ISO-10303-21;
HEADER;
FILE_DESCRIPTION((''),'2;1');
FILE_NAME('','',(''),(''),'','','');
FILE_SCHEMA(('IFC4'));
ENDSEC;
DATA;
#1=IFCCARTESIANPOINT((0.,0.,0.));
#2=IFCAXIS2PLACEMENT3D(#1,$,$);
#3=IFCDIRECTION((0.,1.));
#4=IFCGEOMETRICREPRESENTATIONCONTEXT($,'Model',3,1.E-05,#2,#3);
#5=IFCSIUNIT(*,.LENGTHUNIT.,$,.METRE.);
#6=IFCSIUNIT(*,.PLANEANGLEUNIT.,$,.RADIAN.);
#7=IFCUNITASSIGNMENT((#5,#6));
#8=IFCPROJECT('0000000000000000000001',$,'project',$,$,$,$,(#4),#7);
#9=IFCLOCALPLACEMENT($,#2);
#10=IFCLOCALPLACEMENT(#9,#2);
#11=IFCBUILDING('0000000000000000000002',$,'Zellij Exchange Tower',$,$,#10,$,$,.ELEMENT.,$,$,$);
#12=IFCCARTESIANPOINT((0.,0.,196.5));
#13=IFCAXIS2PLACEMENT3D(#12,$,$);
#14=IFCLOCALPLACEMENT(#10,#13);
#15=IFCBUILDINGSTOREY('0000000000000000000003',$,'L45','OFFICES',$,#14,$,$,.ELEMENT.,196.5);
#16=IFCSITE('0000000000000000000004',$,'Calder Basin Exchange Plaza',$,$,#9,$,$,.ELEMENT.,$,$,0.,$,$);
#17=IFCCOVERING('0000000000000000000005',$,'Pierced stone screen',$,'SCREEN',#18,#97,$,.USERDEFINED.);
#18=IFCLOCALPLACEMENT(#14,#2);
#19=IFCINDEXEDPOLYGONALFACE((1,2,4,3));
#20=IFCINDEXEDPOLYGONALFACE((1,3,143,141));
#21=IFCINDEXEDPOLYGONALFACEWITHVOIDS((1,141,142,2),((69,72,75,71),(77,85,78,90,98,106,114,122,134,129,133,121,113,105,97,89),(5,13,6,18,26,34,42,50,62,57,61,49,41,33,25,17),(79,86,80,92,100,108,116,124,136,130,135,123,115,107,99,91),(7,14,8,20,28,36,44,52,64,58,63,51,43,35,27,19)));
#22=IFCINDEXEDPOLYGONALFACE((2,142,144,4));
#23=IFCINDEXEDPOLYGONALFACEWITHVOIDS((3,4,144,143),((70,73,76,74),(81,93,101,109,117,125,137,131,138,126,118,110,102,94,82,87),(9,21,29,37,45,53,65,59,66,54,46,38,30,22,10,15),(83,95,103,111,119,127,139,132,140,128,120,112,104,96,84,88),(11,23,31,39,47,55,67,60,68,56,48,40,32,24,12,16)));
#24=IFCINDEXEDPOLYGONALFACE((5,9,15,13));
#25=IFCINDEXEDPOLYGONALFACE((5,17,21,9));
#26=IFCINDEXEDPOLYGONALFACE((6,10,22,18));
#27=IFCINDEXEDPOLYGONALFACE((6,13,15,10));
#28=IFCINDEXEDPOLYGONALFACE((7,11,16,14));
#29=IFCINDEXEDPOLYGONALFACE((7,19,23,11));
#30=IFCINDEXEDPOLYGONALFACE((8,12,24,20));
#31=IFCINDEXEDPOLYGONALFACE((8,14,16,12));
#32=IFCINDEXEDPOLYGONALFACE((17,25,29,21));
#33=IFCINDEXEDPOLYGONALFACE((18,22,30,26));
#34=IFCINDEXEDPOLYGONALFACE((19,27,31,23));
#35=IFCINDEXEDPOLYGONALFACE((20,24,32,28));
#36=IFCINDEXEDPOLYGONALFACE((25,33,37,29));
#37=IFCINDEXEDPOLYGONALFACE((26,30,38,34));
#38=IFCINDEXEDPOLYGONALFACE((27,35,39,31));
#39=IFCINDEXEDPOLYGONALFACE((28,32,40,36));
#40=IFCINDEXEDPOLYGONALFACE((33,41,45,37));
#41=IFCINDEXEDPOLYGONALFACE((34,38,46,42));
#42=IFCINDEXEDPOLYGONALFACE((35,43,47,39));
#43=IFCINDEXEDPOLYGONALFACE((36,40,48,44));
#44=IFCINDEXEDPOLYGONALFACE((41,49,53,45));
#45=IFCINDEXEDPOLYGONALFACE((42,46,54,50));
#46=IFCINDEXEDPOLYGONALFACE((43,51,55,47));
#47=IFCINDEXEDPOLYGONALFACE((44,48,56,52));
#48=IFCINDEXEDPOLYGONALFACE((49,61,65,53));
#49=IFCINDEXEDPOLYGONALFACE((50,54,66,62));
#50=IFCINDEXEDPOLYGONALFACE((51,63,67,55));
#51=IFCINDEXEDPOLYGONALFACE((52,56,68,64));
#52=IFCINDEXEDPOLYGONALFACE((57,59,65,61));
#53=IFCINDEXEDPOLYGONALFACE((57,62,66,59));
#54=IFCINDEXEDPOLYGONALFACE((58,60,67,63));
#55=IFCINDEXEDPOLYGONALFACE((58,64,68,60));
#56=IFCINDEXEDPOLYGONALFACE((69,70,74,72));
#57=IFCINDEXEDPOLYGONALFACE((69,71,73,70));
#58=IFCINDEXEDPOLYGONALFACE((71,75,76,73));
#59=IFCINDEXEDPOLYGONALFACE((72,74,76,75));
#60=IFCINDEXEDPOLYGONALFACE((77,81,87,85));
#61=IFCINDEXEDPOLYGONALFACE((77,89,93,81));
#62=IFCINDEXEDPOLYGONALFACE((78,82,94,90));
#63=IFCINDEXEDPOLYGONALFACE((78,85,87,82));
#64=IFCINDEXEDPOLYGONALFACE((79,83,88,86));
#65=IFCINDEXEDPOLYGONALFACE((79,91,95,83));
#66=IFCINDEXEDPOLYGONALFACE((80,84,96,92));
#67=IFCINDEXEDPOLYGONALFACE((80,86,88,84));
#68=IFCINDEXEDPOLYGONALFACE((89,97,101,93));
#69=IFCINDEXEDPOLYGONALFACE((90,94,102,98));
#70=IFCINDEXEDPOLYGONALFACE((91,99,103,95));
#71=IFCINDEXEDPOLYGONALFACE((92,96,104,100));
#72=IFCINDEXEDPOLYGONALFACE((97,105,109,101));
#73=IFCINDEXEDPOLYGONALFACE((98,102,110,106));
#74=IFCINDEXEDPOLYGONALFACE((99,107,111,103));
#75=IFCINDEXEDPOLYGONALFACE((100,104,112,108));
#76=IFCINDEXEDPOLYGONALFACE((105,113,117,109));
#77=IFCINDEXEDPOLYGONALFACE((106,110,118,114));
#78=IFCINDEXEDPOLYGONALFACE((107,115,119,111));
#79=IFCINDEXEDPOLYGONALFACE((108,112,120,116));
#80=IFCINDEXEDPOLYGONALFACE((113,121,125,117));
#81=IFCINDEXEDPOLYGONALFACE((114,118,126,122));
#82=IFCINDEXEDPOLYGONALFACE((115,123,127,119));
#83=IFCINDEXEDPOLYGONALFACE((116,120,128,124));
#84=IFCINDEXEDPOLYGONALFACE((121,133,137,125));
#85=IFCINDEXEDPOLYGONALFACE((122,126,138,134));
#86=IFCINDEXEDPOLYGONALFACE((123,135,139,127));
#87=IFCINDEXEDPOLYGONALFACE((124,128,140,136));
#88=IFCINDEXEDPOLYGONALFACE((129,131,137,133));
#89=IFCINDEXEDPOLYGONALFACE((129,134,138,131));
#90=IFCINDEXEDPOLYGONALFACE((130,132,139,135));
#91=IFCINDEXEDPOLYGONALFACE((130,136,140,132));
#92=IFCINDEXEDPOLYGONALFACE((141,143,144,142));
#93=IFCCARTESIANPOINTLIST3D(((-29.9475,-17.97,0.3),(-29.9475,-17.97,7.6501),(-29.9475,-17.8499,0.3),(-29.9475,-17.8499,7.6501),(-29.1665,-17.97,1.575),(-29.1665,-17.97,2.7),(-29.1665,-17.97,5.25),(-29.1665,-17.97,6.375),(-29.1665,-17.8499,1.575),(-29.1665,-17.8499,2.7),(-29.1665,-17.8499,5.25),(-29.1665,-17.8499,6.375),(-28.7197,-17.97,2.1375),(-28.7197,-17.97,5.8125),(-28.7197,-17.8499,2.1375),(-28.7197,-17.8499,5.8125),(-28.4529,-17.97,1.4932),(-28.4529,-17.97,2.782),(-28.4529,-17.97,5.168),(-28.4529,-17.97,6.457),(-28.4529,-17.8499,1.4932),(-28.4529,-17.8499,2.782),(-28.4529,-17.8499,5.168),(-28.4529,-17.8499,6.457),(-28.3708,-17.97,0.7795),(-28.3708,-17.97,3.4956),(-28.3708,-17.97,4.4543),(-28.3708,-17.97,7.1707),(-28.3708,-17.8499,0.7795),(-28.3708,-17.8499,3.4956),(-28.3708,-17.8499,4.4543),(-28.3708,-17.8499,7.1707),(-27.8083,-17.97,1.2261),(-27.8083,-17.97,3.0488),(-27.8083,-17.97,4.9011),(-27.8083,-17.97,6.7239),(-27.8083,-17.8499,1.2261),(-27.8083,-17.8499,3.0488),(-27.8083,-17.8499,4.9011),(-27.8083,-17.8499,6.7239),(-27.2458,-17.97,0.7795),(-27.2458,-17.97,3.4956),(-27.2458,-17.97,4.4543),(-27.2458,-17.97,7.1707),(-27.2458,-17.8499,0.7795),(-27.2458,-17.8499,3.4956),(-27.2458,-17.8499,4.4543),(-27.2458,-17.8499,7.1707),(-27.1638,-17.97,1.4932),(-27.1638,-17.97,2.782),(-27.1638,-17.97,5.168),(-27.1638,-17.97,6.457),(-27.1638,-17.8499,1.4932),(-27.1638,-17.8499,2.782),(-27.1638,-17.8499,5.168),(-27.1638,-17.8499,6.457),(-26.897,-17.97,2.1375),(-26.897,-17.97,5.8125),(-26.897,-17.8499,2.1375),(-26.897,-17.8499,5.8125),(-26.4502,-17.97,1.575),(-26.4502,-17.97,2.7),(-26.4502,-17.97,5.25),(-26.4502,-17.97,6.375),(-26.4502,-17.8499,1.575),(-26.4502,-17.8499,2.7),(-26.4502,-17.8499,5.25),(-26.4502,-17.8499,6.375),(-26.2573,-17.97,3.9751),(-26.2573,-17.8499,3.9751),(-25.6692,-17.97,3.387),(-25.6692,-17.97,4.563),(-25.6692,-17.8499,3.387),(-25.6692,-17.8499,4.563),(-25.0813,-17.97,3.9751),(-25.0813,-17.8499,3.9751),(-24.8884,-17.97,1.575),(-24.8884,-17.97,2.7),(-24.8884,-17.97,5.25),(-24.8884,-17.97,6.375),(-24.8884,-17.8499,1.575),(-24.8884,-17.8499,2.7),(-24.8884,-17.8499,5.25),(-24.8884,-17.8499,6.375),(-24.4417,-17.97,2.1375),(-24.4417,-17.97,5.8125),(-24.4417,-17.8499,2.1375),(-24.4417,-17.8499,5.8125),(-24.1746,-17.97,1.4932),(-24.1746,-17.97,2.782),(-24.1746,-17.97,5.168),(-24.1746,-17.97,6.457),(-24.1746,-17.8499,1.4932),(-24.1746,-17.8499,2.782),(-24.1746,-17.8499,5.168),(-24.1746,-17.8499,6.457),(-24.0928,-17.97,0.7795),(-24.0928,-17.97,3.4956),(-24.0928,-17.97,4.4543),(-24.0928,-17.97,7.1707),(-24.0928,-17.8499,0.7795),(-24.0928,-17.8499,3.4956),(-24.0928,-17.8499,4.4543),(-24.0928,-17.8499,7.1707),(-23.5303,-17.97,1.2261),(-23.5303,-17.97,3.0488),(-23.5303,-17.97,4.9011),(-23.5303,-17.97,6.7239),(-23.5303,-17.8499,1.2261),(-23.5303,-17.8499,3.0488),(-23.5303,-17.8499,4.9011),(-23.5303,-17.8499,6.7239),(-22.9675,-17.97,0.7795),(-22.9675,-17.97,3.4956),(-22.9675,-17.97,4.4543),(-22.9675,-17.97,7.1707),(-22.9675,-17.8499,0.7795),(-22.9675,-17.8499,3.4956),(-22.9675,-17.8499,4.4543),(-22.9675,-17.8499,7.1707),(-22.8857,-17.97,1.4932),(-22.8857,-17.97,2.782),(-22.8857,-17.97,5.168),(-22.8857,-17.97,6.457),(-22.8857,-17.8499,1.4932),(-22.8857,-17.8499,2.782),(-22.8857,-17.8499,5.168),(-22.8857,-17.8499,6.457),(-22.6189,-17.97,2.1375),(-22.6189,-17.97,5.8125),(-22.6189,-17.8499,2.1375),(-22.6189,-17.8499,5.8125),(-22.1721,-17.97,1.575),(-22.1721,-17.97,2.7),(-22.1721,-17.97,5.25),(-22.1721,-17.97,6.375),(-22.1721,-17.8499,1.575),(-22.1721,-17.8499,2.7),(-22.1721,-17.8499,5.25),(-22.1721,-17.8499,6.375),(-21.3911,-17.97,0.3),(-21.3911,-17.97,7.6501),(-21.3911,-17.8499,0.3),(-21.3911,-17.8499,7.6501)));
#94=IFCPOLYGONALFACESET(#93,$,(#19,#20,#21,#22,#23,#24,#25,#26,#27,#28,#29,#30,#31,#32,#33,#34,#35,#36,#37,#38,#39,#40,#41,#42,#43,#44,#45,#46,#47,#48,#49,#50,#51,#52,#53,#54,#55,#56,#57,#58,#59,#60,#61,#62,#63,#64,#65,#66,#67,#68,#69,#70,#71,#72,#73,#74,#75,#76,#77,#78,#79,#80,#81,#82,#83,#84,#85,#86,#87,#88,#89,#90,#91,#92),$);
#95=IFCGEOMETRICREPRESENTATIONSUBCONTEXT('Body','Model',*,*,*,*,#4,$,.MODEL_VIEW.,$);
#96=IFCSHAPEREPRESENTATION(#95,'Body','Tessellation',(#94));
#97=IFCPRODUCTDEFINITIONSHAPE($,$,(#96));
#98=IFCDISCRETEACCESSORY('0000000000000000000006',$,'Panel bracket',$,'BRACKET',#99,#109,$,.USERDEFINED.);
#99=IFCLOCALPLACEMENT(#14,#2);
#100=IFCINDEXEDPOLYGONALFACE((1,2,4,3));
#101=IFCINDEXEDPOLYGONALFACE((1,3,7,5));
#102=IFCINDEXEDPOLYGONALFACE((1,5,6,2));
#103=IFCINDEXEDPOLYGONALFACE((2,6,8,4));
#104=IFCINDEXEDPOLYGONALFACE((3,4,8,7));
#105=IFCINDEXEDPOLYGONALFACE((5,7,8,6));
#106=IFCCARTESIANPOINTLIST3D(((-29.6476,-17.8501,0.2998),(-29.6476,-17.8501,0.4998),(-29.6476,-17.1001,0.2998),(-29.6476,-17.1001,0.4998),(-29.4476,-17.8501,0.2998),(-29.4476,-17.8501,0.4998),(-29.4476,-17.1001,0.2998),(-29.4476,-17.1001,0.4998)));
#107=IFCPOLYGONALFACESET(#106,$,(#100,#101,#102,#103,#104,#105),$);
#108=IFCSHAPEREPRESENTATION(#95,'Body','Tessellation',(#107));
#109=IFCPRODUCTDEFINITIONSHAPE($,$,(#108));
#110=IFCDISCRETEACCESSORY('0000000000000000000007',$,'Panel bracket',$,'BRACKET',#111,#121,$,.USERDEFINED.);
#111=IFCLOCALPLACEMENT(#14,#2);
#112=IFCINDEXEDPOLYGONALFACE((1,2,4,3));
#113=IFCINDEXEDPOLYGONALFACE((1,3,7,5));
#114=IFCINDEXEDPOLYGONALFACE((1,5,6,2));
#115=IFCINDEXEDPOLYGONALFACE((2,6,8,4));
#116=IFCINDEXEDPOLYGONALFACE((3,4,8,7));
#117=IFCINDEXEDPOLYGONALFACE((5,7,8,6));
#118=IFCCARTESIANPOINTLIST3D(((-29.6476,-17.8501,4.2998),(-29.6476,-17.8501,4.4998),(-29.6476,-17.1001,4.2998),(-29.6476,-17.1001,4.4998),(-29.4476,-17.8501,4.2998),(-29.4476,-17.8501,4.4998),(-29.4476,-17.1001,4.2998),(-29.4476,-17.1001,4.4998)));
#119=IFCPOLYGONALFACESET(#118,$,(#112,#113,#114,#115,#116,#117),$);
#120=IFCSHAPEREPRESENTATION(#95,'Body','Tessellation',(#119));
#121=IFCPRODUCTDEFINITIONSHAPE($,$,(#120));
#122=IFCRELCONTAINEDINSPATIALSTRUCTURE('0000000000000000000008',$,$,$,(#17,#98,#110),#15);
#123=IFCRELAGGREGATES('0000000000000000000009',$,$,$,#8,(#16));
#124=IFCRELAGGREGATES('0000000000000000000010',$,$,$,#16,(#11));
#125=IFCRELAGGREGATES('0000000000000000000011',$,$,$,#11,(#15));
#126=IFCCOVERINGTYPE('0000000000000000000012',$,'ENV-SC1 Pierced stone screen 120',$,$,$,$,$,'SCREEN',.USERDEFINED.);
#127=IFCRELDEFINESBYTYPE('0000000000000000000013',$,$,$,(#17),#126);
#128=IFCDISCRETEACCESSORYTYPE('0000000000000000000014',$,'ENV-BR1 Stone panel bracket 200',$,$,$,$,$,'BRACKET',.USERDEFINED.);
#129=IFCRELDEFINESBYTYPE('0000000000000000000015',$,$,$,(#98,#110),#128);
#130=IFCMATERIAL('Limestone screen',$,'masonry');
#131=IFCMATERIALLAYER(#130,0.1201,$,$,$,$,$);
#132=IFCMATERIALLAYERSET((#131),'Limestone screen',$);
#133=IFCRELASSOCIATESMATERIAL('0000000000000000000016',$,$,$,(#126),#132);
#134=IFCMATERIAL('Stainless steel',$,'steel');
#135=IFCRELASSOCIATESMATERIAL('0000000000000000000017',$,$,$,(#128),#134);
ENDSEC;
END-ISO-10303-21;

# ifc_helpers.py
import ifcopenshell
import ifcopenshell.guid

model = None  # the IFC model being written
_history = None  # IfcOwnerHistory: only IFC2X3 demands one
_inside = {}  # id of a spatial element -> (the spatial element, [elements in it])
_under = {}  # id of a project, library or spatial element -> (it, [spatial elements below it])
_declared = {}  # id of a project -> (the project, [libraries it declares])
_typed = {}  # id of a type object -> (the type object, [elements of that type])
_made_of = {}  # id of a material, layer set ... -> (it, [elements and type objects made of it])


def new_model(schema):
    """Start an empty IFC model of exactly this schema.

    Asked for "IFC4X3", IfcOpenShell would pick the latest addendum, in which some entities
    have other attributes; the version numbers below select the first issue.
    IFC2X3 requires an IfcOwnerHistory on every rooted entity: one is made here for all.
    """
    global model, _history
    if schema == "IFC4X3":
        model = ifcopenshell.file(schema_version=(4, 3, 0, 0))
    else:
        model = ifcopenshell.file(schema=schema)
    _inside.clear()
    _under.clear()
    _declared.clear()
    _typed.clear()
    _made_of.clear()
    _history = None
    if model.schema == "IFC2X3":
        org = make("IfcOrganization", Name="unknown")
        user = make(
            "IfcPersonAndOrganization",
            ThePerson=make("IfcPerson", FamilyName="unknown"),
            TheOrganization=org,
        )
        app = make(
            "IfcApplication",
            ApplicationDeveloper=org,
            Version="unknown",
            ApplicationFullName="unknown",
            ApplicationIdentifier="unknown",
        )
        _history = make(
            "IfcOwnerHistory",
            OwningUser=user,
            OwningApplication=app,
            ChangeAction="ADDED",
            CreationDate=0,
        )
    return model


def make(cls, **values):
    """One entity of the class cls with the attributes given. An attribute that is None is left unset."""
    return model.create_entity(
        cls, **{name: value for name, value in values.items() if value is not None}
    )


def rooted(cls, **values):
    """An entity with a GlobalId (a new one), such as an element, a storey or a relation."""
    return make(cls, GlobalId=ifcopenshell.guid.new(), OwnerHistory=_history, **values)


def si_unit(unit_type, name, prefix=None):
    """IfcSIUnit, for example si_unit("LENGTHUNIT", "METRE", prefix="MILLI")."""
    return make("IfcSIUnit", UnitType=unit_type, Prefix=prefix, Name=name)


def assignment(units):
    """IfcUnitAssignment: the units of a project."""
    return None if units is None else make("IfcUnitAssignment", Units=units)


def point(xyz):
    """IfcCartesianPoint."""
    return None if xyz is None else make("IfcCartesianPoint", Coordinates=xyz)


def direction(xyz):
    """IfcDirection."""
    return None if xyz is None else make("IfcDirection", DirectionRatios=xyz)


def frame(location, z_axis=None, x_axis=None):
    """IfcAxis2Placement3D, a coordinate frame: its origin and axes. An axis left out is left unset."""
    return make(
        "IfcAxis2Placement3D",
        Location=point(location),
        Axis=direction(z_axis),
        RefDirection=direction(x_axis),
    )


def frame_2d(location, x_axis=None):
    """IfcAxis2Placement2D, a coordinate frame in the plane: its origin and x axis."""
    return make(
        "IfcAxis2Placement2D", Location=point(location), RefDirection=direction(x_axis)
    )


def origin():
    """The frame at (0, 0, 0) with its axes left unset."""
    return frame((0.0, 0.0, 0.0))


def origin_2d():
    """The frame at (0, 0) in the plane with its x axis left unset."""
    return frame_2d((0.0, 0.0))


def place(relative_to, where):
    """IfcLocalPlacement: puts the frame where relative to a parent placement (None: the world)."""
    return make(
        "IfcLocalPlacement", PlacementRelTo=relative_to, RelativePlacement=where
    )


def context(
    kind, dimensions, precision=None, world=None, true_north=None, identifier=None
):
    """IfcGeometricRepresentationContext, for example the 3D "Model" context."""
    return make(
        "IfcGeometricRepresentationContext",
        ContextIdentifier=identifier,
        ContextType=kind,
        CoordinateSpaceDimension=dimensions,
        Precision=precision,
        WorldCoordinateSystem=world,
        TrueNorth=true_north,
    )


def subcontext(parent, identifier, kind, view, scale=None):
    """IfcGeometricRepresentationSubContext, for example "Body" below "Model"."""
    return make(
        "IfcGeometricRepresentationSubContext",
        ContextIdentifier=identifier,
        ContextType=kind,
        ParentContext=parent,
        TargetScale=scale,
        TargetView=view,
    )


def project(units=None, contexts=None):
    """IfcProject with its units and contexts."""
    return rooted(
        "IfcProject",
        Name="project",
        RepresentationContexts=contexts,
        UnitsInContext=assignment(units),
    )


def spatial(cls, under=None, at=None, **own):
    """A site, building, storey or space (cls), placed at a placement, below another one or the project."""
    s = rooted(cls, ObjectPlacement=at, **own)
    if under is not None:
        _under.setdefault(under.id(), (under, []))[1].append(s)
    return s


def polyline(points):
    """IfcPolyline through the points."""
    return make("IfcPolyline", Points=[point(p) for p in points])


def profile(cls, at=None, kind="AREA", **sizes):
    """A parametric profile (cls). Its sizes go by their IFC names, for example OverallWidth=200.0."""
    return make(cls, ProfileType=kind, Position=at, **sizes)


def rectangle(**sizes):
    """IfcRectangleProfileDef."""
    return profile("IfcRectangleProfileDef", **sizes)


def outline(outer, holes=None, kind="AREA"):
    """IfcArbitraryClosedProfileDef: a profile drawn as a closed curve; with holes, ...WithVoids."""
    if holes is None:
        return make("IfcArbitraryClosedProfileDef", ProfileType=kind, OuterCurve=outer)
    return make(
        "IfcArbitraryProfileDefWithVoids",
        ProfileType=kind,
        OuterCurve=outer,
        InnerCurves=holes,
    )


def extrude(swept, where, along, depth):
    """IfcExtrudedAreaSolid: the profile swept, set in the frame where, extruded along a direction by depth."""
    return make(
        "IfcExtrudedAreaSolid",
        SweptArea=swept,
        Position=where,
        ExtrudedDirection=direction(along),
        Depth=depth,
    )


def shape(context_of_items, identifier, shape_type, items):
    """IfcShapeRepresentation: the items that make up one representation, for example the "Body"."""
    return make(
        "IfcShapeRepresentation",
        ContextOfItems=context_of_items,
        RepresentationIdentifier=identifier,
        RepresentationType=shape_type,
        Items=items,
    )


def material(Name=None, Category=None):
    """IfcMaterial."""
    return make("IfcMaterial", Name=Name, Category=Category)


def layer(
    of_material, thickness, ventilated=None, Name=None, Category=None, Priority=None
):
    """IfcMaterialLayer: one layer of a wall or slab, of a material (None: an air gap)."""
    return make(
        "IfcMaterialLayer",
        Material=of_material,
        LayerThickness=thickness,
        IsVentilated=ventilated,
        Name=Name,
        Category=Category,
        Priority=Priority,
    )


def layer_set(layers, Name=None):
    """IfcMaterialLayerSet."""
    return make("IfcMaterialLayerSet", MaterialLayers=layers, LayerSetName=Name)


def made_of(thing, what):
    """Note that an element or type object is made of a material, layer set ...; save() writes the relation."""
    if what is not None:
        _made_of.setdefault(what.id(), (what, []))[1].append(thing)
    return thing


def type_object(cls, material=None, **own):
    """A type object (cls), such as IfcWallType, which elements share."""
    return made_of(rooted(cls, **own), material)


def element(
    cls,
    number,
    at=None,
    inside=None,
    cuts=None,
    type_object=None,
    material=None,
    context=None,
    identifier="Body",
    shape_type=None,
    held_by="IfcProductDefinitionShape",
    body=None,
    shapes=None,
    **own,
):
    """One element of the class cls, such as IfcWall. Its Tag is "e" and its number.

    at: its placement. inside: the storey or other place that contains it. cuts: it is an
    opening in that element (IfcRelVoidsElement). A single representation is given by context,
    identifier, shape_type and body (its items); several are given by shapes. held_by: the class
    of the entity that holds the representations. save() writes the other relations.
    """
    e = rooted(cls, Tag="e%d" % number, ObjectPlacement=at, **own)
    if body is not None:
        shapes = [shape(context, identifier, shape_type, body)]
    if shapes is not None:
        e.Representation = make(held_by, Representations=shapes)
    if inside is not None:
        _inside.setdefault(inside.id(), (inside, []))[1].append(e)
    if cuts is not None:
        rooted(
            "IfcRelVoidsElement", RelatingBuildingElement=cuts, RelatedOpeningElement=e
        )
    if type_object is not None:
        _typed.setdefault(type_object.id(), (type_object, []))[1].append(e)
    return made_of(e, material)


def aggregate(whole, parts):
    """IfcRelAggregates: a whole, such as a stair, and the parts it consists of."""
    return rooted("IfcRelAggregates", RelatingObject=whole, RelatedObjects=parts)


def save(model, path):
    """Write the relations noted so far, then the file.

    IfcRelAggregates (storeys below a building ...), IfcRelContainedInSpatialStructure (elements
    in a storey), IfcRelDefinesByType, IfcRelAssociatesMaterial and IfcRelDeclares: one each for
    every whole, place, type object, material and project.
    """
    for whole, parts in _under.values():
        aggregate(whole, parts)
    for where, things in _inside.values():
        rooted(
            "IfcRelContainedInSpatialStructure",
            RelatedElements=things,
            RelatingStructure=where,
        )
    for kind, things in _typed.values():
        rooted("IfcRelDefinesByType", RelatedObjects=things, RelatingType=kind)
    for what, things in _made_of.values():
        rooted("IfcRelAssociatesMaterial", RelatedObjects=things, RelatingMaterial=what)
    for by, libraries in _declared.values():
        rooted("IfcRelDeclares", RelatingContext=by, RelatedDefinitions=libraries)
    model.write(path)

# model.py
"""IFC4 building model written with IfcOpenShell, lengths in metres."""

from ifc_helpers import new_model, si_unit, direction, frame, origin, origin_2d, place, context, subcontext, project, spatial, polyline, rectangle, outline, extrude, material, layer, layer_set, type_object, element, save


model = new_model("IFC4")

# Units and contexts
model_context = context("Model", 3, precision=1e-05, world=origin(), true_north=direction((0.0, 1.0)))
body_context = subcontext(model_context, "Body", "Model", "MODEL_VIEW")
ifc_project = project(units=[si_unit("LENGTHUNIT", "METRE"), si_unit("PLANEANGLEUNIT", "RADIAN")], contexts=[model_context])

# Site, building, storey
site_placement = place(None, origin())
site = spatial("IfcSite", under=ifc_project, at=site_placement, Name="Calder Basin Exchange Plaza", CompositionType="ELEMENT", RefElevation=0.0)
building_placement = place(site_placement, origin())
building = spatial("IfcBuilding", under=site, at=building_placement, Name="Zellij Exchange Tower", CompositionType="ELEMENT")
storey_placement = place(building_placement, frame((0.0, 0.0, 196.5)))
storey = spatial("IfcBuildingStorey", under=building, at=storey_placement, Name="L45", Description="OFFICES", CompositionType="ELEMENT", Elevation=196.5)

# Covering
ifc_material_1 = material(Name="Limestone screen", Category="masonry")
ifc_layer_1 = layer(ifc_material_1, 0.1201)
ifc_layer_set_1 = layer_set([ifc_layer_1], Name="Limestone screen")
covering_type = type_object("IfcCoveringType", Name="ENV-SC1 Pierced stone screen 120", ElementType="SCREEN", PredefinedType="USERDEFINED", material=ifc_layer_set_1)
covering_placement = place(storey_placement, frame((-29.9475, -17.9099, 0.3), z_axis=(0.0, 0.0, 1.0), x_axis=(1.0, 0.0, 0.0)))
element("IfcCovering", 1, at=covering_placement, inside=storey, type_object=covering_type, Name="Pierced stone screen", ObjectType="SCREEN", PredefinedType="USERDEFINED", context=body_context, shape_type="SweptSolid", body=[
    extrude(outline(polyline([(0.0, 0.0), (8.5564, 0.0), (8.5564, 7.3501), (0.0, 7.3501), (0.0, 0.0)]), holes=[polyline([(3.4973, 2.3999), (2.7837, 2.4819), (2.7017, 3.1956), (2.1392, 2.7488), (1.5767, 3.1956), (1.4946, 2.4819), (0.781, 2.3999), (1.2278, 1.8374), (0.781, 1.2749), (1.4946, 1.1931), (1.5767, 0.4795), (2.1392, 0.926), (2.7017, 0.4795), (2.7837, 1.1931), (3.4973, 1.2749), (3.0505, 1.8374), (3.4973, 2.3999)]), polyline([(3.4973, 6.075), (2.7837, 6.157), (2.7017, 6.8706), (2.1392, 6.4238), (1.5767, 6.8706), (1.4946, 6.157), (0.781, 6.075), (1.2278, 5.5125), (0.781, 4.95), (1.4946, 4.8679), (1.5767, 4.1543), (2.1392, 4.6011), (2.7017, 4.1543), (2.7837, 4.8679), (3.4973, 4.95), (3.0505, 5.5125), (3.4973, 6.075)]), polyline([(7.7754, 2.3999), (7.0618, 2.4819), (6.98, 3.1956), (6.4172, 2.7488), (5.8547, 3.1956), (5.7729, 2.4819), (5.0591, 2.3999), (5.5059, 1.8374), (5.0591, 1.2749), (5.7729, 1.1931), (5.8547, 0.4795), (6.4172, 0.926), (6.98, 0.4795), (7.0618, 1.1931), (7.7754, 1.2749), (7.3286, 1.8374), (7.7754, 2.3999)]), polyline([(7.7754, 6.075), (7.0618, 6.157), (6.98, 6.8706), (6.4172, 6.4238), (5.8547, 6.8706), (5.7729, 6.157), (5.0591, 6.075), (5.5059, 5.5125), (5.0591, 4.95), (5.7729, 4.8679), (5.8547, 4.1543), (6.4172, 4.6011), (6.98, 4.1543), (7.0618, 4.8679), (7.7754, 4.95), (7.3286, 5.5125), (7.7754, 6.075)]), polyline([(4.8662, 3.675), (4.2783, 4.2629), (3.6902, 3.675), (4.2783, 3.0869), (4.8662, 3.675)])]), frame((0.0, 0.0601, 0.0), z_axis=(0.0, -1.0, 0.0), x_axis=(1.0, 0.0, 0.0)), (0.0, 0.0, 1.0), 0.1201),
])

# Discrete accessories
ifc_material_2 = material(Name="Stainless steel", Category="steel")
discrete_accessory_type = type_object("IfcDiscreteAccessoryType", Name="ENV-BR1 Stone panel bracket 200", ElementType="BRACKET", PredefinedType="USERDEFINED", material=ifc_material_2)
for number, where, z_axis, x_axis, name in (
    (2, (-29.5476, -17.4751, 0.2998), (0.0, 0.0, 1.0), (1.0, 0.0, 0.0), "Panel bracket"),
    (3, (-29.5476, -17.4751, 4.2998), (0.0, 0.0, 1.0), (1.0, 0.0, 0.0), "Panel bracket"),
):
    element("IfcDiscreteAccessory", number, at=place(storey_placement, frame(where, z_axis=z_axis, x_axis=x_axis)), inside=storey, type_object=discrete_accessory_type, Name=name, ObjectType="BRACKET", PredefinedType="USERDEFINED", context=body_context, shape_type="SweptSolid", body=[
        extrude(rectangle(XDim=0.2, YDim=0.75, at=origin_2d()), origin(), (0.0, 0.0, 1.0), 0.2),
    ])

save(model, "model.ifc")
